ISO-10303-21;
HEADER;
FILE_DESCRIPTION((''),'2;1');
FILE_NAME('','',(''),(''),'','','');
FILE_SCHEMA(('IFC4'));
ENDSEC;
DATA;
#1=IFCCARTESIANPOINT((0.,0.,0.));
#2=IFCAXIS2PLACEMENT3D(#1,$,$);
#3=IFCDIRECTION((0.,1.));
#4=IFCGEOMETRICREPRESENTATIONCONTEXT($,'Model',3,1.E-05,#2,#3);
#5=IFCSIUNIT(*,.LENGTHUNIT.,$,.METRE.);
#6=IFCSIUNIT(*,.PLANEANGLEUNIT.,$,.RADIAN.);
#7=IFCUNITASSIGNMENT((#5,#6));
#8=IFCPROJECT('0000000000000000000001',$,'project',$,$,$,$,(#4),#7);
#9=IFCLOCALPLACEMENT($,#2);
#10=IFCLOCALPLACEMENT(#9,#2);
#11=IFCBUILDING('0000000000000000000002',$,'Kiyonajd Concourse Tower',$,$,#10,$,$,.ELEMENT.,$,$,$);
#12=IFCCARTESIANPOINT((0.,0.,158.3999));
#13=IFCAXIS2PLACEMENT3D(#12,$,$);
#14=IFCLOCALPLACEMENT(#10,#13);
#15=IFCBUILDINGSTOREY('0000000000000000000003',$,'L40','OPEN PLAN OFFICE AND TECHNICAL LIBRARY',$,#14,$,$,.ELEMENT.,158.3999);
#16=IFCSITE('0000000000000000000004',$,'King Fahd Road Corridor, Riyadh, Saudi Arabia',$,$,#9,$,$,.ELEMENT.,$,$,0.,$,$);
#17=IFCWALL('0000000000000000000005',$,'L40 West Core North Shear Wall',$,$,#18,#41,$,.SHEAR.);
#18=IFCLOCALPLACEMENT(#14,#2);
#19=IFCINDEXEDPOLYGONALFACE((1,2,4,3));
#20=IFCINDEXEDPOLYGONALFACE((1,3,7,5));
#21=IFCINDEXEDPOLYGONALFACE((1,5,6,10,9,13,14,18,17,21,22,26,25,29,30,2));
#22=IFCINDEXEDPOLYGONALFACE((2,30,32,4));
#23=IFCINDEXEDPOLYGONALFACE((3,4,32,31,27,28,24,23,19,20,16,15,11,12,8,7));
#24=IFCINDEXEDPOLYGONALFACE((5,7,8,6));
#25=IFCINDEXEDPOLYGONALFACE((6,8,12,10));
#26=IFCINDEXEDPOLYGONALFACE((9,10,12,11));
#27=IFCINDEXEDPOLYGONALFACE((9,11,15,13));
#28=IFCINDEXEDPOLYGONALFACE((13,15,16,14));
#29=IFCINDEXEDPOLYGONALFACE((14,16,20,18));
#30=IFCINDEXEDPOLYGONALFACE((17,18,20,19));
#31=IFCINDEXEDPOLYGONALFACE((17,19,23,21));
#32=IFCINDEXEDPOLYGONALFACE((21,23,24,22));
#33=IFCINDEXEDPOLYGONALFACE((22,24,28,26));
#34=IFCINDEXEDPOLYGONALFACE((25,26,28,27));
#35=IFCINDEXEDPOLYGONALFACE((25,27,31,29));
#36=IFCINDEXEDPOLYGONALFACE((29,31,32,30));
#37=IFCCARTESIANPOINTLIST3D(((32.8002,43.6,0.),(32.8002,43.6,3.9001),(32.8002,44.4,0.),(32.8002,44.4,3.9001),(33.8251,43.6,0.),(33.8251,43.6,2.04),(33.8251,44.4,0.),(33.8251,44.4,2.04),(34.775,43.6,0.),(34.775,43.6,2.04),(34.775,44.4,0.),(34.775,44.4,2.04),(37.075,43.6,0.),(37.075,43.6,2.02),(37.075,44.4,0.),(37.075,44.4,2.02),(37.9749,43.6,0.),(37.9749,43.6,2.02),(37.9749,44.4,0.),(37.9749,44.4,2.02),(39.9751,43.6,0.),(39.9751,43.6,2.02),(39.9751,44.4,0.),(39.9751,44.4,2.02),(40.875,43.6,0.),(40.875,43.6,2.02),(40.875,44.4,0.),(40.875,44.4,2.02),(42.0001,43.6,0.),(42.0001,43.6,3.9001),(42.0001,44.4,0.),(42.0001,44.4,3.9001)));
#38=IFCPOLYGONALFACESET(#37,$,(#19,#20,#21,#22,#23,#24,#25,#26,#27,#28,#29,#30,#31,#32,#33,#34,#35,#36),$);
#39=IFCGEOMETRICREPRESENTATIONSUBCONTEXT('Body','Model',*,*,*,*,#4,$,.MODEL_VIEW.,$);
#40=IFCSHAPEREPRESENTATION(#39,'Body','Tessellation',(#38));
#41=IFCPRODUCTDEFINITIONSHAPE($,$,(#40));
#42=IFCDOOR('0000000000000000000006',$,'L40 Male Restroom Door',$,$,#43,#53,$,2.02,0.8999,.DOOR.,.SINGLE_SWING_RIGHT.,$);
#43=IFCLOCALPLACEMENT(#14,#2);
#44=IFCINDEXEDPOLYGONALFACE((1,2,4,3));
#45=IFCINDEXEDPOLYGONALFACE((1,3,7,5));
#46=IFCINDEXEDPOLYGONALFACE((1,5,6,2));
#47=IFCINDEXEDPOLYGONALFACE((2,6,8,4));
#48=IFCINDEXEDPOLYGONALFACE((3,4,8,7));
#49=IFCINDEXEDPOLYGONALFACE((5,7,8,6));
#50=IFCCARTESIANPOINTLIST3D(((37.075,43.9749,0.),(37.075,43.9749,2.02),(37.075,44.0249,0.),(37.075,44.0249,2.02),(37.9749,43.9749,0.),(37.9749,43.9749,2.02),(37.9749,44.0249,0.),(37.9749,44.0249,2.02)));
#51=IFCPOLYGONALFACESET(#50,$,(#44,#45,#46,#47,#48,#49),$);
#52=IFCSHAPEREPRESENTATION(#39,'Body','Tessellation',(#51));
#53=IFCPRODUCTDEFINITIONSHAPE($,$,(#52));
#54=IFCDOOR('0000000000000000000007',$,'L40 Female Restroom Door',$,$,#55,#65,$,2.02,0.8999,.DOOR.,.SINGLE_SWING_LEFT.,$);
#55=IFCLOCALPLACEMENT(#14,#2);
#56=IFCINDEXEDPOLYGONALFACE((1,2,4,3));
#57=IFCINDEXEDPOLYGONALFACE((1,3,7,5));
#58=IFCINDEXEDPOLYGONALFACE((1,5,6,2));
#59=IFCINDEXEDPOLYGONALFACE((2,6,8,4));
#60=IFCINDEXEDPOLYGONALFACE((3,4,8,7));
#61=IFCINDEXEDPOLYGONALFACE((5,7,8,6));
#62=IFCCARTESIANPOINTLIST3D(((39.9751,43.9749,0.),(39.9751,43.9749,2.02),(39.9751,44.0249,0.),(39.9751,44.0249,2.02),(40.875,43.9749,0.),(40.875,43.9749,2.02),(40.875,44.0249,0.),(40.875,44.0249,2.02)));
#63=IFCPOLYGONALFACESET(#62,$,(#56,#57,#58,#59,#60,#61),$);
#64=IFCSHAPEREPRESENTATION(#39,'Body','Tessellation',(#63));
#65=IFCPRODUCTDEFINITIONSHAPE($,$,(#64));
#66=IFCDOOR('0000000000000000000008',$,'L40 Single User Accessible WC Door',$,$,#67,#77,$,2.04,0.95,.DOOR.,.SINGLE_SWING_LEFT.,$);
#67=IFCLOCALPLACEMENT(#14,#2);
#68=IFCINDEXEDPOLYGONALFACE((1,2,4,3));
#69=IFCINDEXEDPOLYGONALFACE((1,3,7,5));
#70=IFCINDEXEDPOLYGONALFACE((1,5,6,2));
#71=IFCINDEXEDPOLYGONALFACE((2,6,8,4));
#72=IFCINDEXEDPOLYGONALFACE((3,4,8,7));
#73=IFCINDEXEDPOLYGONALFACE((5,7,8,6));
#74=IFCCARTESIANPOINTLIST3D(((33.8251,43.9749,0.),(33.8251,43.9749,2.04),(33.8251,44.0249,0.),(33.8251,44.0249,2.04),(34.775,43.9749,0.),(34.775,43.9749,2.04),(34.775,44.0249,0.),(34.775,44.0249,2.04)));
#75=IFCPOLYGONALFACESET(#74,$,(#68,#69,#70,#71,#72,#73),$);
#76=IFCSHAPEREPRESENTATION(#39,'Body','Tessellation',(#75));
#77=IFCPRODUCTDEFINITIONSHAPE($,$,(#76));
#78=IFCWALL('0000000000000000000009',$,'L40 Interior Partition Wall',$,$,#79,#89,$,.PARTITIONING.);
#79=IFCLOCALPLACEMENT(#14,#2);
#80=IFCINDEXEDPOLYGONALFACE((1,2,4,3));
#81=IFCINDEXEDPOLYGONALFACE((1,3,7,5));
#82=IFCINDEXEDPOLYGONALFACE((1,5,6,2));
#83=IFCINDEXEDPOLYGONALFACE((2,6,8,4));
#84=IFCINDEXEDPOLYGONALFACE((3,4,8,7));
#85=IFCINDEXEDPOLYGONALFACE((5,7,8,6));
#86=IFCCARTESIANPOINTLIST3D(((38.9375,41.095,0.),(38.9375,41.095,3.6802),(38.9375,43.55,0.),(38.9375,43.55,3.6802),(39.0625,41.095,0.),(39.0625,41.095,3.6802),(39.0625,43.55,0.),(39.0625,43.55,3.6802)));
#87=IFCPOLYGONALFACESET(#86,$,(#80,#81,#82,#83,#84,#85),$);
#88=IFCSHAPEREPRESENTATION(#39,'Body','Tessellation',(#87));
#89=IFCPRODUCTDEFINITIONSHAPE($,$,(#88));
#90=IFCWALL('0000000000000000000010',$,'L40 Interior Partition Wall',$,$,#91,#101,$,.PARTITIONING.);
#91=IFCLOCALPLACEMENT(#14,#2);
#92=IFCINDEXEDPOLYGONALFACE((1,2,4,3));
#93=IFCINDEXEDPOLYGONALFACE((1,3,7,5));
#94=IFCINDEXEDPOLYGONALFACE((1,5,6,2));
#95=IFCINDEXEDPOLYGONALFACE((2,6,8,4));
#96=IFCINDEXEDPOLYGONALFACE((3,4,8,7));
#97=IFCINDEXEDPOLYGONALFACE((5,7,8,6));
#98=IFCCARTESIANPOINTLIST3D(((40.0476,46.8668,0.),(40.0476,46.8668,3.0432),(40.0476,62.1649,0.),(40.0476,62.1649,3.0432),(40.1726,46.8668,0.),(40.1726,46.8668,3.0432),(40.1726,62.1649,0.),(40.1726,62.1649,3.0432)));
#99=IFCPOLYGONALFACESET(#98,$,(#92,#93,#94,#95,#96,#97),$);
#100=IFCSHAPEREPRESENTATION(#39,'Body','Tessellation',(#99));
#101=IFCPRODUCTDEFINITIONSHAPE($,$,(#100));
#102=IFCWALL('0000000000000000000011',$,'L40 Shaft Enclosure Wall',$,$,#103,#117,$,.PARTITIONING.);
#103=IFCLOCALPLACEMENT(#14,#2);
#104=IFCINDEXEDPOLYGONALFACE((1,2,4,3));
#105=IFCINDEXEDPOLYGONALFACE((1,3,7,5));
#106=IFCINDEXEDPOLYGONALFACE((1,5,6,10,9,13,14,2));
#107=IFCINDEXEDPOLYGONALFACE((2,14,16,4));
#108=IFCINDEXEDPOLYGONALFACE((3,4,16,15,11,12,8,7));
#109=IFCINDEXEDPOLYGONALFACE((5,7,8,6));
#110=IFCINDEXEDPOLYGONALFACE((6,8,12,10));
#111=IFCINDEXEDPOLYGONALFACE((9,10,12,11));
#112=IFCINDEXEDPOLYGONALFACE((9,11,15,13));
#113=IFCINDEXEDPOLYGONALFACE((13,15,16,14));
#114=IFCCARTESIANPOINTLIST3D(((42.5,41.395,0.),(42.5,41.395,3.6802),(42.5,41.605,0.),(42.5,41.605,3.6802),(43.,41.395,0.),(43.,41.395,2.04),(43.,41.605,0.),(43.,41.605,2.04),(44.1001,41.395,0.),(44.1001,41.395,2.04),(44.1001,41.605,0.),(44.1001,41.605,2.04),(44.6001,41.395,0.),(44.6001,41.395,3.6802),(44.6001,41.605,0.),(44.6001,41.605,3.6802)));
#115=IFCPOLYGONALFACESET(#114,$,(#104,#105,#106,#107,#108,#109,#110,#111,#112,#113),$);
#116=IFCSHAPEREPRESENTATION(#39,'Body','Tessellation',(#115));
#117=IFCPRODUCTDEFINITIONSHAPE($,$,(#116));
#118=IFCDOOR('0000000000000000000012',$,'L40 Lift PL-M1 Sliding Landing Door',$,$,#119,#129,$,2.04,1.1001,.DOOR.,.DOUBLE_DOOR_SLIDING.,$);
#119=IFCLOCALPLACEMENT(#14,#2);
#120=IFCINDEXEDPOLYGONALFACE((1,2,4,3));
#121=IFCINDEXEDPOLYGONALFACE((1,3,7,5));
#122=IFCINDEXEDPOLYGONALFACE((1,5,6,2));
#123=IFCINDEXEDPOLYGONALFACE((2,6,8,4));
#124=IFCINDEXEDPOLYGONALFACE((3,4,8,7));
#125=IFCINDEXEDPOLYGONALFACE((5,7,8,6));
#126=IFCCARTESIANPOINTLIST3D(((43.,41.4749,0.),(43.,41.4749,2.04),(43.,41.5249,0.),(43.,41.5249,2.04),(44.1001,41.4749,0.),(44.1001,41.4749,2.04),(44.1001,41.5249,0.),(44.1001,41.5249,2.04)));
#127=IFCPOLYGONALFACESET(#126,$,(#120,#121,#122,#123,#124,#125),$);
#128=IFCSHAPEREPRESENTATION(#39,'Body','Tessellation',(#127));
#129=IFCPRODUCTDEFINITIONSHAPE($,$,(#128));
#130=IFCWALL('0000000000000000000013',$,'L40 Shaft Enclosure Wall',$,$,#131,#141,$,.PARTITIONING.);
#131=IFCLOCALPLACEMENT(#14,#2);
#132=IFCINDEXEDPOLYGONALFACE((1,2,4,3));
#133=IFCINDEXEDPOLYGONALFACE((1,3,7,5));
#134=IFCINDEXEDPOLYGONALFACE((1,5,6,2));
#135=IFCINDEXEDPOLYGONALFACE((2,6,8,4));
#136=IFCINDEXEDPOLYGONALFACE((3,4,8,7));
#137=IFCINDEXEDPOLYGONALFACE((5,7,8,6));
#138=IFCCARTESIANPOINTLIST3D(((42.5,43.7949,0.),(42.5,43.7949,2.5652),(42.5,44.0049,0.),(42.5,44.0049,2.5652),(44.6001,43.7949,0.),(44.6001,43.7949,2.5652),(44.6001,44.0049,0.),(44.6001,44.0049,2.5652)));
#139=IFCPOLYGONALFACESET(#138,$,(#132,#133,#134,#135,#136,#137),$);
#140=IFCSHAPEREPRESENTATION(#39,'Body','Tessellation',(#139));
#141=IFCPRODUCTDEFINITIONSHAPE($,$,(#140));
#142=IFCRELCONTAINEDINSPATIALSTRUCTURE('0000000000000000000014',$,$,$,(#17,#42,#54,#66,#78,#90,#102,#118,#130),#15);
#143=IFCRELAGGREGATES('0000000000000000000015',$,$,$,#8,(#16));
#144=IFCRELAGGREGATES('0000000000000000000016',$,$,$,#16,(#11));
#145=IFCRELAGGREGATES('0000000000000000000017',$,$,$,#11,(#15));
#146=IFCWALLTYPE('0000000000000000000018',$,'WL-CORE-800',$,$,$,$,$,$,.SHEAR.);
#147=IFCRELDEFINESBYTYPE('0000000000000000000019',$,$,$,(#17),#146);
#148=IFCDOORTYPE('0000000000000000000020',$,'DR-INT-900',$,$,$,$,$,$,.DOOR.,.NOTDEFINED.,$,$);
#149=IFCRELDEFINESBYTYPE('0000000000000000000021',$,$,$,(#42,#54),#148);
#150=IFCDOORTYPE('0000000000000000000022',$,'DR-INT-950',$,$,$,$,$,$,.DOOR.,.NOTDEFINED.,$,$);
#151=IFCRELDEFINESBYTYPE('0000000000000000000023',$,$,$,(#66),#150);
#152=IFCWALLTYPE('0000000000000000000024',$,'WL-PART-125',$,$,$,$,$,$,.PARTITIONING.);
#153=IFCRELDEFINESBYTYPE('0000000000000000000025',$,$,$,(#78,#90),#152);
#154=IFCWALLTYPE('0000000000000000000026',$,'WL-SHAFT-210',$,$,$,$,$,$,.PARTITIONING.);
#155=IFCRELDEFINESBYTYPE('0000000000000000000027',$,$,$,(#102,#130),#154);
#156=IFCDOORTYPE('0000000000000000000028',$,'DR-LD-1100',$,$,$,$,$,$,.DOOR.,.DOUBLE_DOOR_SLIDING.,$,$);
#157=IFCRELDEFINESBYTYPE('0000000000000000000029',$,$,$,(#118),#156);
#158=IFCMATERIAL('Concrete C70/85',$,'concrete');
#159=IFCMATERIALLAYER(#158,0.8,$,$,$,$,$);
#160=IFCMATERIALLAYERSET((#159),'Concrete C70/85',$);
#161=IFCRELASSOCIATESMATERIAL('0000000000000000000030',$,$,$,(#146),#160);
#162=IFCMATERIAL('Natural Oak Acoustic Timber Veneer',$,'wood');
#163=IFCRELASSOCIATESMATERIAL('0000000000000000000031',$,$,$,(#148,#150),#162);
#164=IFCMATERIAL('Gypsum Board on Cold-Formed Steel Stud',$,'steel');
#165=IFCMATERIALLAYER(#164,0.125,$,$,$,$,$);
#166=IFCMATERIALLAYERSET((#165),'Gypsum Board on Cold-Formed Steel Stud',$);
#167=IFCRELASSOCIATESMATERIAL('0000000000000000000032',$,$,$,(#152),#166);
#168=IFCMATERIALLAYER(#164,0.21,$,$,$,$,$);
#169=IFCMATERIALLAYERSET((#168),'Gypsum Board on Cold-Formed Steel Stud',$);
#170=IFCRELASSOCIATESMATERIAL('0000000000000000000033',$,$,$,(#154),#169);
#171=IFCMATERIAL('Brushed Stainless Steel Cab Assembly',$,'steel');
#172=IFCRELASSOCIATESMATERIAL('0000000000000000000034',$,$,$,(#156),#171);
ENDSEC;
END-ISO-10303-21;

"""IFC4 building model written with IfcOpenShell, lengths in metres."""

from ifc_helpers import new_model, si_unit, direction, frame, frame_2d, origin, place, context, subcontext, project, spatial, rectangle, extrude, material, layer, layer_set, type_object, element, fill, save


model = new_model("IFC4")

# Units and contexts
model_context = context("Model", 3, precision=1e-05, world=origin(), true_north=direction((0.0, 1.0)))
body_context = subcontext(model_context, "Body", "Model", "MODEL_VIEW")
ifc_project = project(units=[si_unit("LENGTHUNIT", "METRE"), si_unit("PLANEANGLEUNIT", "RADIAN")], contexts=[model_context])

# Site, building, storey
site_placement = place(None, origin())
site = spatial("IfcSite", under=ifc_project, at=site_placement, Name="King Fahd Road Corridor, Riyadh, Saudi Arabia", CompositionType="ELEMENT", RefElevation=0.0)
building_placement = place(site_placement, origin())
building = spatial("IfcBuilding", under=site, at=building_placement, Name="Kiyonajd Concourse Tower", CompositionType="ELEMENT")
storey_placement = place(building_placement, frame((0.0, 0.0, 158.3999)))
storey = spatial("IfcBuildingStorey", under=building, at=storey_placement, Name="L40", Description="OPEN PLAN OFFICE AND TECHNICAL LIBRARY", CompositionType="ELEMENT", Elevation=158.3999)

# Shared definitions
ifc_material_1 = material(Name="Concrete C70/85", Category="concrete")

# Wall, openings, doors
ifc_layer_1 = layer(ifc_material_1, 0.8)
ifc_layer_set_1 = layer_set([ifc_layer_1], Name="Concrete C70/85")
wall_type_1 = type_object("IfcWallType", Name="WL-CORE-800", PredefinedType="SHEAR", material=ifc_layer_set_1)
wall_1_placement = place(storey_placement, frame((32.8, 44.0, 0.0), z_axis=(0.0, 0.0, 1.0), x_axis=(1.0, 0.0, 0.0)))
wall_1 = element("IfcWall", 1, at=wall_1_placement, inside=storey, type_object=wall_type_1, Name="L40 West Core North Shear Wall", PredefinedType="SHEAR", context=body_context, shape_type="SweptSolid", body=[
    extrude(rectangle(XDim=9.2, YDim=0.8, at=frame_2d((4.6001, 0.0))), origin(), (0.0, 0.0, 1.0), 3.9001),
])
opening_1_placement = place(wall_1_placement, frame((1.0249, 0.0, 0.0)))
opening_1 = element("IfcOpeningElement", 2, at=opening_1_placement, cuts=wall_1, PredefinedType="OPENING", context=body_context, shape_type="SweptSolid", body=[
    extrude(rectangle(XDim=0.95, YDim=2.04, at=frame_2d((0.4751, 1.02))), frame((0.0, 0.4099, 0.0), z_axis=(0.0, -1.0, 0.0), x_axis=(1.0, 0.0, 0.0)), (0.0, 0.0, 1.0), 0.8201),
])
opening_2_placement = place(wall_1_placement, frame((4.2749, 0.0, 0.0)))
opening_2 = element("IfcOpeningElement", 3, at=opening_2_placement, cuts=wall_1, PredefinedType="OPENING", context=body_context, shape_type="SweptSolid", body=[
    extrude(rectangle(XDim=0.8999, YDim=2.02, at=frame_2d((0.45, 1.01))), frame((0.0, 0.4099, 0.0), z_axis=(0.0, -1.0, 0.0), x_axis=(1.0, 0.0, 0.0)), (0.0, 0.0, 1.0), 0.8201),
])
opening_3_placement = place(wall_1_placement, frame((7.175, 0.0, 0.0)))
opening_3 = element("IfcOpeningElement", 4, at=opening_3_placement, cuts=wall_1, PredefinedType="OPENING", context=body_context, shape_type="SweptSolid", body=[
    extrude(rectangle(XDim=0.8999, YDim=2.02, at=frame_2d((0.45, 1.01))), frame((0.0, 0.4099, 0.0), z_axis=(0.0, -1.0, 0.0), x_axis=(1.0, 0.0, 0.0)), (0.0, 0.0, 1.0), 0.8201),
])
ifc_material_2 = material(Name="Natural Oak Acoustic Timber Veneer", Category="wood")
door_type_1 = type_object("IfcDoorType", Name="DR-INT-900", OperationType="NOTDEFINED", PredefinedType="DOOR", material=ifc_material_2)
door_1_placement = place(opening_2_placement, origin())
door_1 = element("IfcDoor", 5, at=door_1_placement, inside=storey, type_object=door_type_1, Name="L40 Male Restroom Door", OperationType="SINGLE_SWING_RIGHT", OverallHeight=2.02, OverallWidth=0.8999, PredefinedType="DOOR", context=body_context, shape_type="SweptSolid", body=[
    extrude(rectangle(XDim=0.8999, YDim=2.02, at=frame_2d((0.45, 1.01))), frame((0.0, 0.0249, 0.0), z_axis=(0.0, -1.0, 0.0), x_axis=(1.0, 0.0, 0.0)), (0.0, 0.0, 1.0), 0.05),
])
fill(opening_2, door_1)
door_2_placement = place(opening_3_placement, origin())
door_2 = element("IfcDoor", 6, at=door_2_placement, inside=storey, type_object=door_type_1, Name="L40 Female Restroom Door", OperationType="SINGLE_SWING_LEFT", OverallHeight=2.02, OverallWidth=0.8999, PredefinedType="DOOR", context=body_context, shape_type="SweptSolid", body=[
    extrude(rectangle(XDim=0.8999, YDim=2.02, at=frame_2d((0.45, 1.01))), frame((0.0, 0.0249, 0.0), z_axis=(0.0, -1.0, 0.0), x_axis=(1.0, 0.0, 0.0)), (0.0, 0.0, 1.0), 0.05),
])
fill(opening_3, door_2)
door_type_2 = type_object("IfcDoorType", Name="DR-INT-950", OperationType="NOTDEFINED", PredefinedType="DOOR", material=ifc_material_2)
door_3_placement = place(opening_1_placement, origin())
door_3 = element("IfcDoor", 7, at=door_3_placement, inside=storey, type_object=door_type_2, Name="L40 Single User Accessible WC Door", OperationType="SINGLE_SWING_LEFT", OverallHeight=2.04, OverallWidth=0.95, PredefinedType="DOOR", context=body_context, shape_type="SweptSolid", body=[
    extrude(rectangle(XDim=0.95, YDim=2.04, at=frame_2d((0.4751, 1.02))), frame((0.0, 0.0249, 0.0), z_axis=(0.0, -1.0, 0.0), x_axis=(1.0, 0.0, 0.0)), (0.0, 0.0, 1.0), 0.05),
])
fill(opening_1, door_3)

# Walls
ifc_material_3 = material(Name="Gypsum Board on Cold-Formed Steel Stud", Category="steel")
ifc_layer_2 = layer(ifc_material_3, 0.125)
ifc_layer_set_2 = layer_set([ifc_layer_2], Name="Gypsum Board on Cold-Formed Steel Stud")
wall_type_2 = type_object("IfcWallType", Name="WL-PART-125", PredefinedType="PARTITIONING", material=ifc_layer_set_2)
wall_2_placement = place(storey_placement, frame((39.0, 41.095, 0.0), z_axis=(0.0, 0.0, 1.0), x_axis=(0.0, 1.0, 0.0)))
element("IfcWall", 8, at=wall_2_placement, inside=storey, type_object=wall_type_2, Name="L40 Interior Partition Wall", PredefinedType="PARTITIONING", context=body_context, shape_type="SweptSolid", body=[
    extrude(rectangle(XDim=2.4551, YDim=0.125, at=frame_2d((1.2275, 0.0))), origin(), (0.0, 0.0, 1.0), 3.6802),
])
wall_3_placement = place(storey_placement, frame((40.1101, 46.8669, 0.0), z_axis=(0.0, 0.0, 1.0), x_axis=(0.0, 1.0, 0.0)))
element("IfcWall", 9, at=wall_3_placement, inside=storey, type_object=wall_type_2, Name="L40 Interior Partition Wall", PredefinedType="PARTITIONING", context=body_context, shape_type="SweptSolid", body=[
    extrude(rectangle(XDim=15.2981, YDim=0.125, at=frame_2d((7.6489, 0.0))), origin(), (0.0, 0.0, 1.0), 3.0432),
])

# Wall, opening, door
ifc_layer_3 = layer(ifc_material_3, 0.21)
ifc_layer_set_3 = layer_set([ifc_layer_3], Name="Gypsum Board on Cold-Formed Steel Stud")
wall_type_3 = type_object("IfcWallType", Name="WL-SHAFT-210", PredefinedType="PARTITIONING", material=ifc_layer_set_3)
wall_4_placement = place(storey_placement, frame((42.5, 41.5, 0.0), z_axis=(0.0, 0.0, 1.0), x_axis=(1.0, 0.0, 0.0)))
wall_4 = element("IfcWall", 10, at=wall_4_placement, inside=storey, type_object=wall_type_3, Name="L40 Shaft Enclosure Wall", PredefinedType="PARTITIONING", context=body_context, shape_type="SweptSolid", body=[
    extrude(rectangle(XDim=2.1001, YDim=0.21, at=frame_2d((1.05, 0.0))), origin(), (0.0, 0.0, 1.0), 3.6802),
])
opening_4_placement = place(wall_4_placement, frame((0.5, 0.0, 0.0)))
opening_4 = element("IfcOpeningElement", 11, at=opening_4_placement, cuts=wall_4, PredefinedType="OPENING", context=body_context, shape_type="SweptSolid", body=[
    extrude(rectangle(XDim=1.1001, YDim=2.04, at=frame_2d((0.55, 1.02))), frame((0.0, 0.115, 0.0), z_axis=(0.0, -1.0, 0.0), x_axis=(1.0, 0.0, 0.0)), (0.0, 0.0, 1.0), 0.23),
])
ifc_material_4 = material(Name="Brushed Stainless Steel Cab Assembly", Category="steel")
door_type_3 = type_object("IfcDoorType", Name="DR-LD-1100", OperationType="DOUBLE_DOOR_SLIDING", PredefinedType="DOOR", material=ifc_material_4)
door_4_placement = place(opening_4_placement, origin())
door_4 = element("IfcDoor", 12, at=door_4_placement, inside=storey, type_object=door_type_3, Name="L40 Lift PL-M1 Sliding Landing Door", OperationType="DOUBLE_DOOR_SLIDING", OverallHeight=2.04, OverallWidth=1.1001, PredefinedType="DOOR", context=body_context, shape_type="SweptSolid", body=[
    extrude(rectangle(XDim=1.1001, YDim=2.04, at=frame_2d((0.55, 1.02))), frame((0.0, 0.0249, 0.0), z_axis=(0.0, -1.0, 0.0), x_axis=(1.0, 0.0, 0.0)), (0.0, 0.0, 1.0), 0.05),
])
fill(opening_4, door_4)

# Wall
wall_5_placement = place(storey_placement, frame((42.5, 43.8999, 0.0), z_axis=(0.0, 0.0, 1.0), x_axis=(1.0, 0.0, 0.0)))
element("IfcWall", 13, at=wall_5_placement, inside=storey, type_object=wall_type_3, Name="L40 Shaft Enclosure Wall", PredefinedType="PARTITIONING", context=body_context, shape_type="SweptSolid", body=[
    extrude(rectangle(XDim=2.1001, YDim=0.21, at=frame_2d((1.05, 0.0))), origin(), (0.0, 0.0, 1.0), 2.5652),
])

save(model, "model.ifc")
